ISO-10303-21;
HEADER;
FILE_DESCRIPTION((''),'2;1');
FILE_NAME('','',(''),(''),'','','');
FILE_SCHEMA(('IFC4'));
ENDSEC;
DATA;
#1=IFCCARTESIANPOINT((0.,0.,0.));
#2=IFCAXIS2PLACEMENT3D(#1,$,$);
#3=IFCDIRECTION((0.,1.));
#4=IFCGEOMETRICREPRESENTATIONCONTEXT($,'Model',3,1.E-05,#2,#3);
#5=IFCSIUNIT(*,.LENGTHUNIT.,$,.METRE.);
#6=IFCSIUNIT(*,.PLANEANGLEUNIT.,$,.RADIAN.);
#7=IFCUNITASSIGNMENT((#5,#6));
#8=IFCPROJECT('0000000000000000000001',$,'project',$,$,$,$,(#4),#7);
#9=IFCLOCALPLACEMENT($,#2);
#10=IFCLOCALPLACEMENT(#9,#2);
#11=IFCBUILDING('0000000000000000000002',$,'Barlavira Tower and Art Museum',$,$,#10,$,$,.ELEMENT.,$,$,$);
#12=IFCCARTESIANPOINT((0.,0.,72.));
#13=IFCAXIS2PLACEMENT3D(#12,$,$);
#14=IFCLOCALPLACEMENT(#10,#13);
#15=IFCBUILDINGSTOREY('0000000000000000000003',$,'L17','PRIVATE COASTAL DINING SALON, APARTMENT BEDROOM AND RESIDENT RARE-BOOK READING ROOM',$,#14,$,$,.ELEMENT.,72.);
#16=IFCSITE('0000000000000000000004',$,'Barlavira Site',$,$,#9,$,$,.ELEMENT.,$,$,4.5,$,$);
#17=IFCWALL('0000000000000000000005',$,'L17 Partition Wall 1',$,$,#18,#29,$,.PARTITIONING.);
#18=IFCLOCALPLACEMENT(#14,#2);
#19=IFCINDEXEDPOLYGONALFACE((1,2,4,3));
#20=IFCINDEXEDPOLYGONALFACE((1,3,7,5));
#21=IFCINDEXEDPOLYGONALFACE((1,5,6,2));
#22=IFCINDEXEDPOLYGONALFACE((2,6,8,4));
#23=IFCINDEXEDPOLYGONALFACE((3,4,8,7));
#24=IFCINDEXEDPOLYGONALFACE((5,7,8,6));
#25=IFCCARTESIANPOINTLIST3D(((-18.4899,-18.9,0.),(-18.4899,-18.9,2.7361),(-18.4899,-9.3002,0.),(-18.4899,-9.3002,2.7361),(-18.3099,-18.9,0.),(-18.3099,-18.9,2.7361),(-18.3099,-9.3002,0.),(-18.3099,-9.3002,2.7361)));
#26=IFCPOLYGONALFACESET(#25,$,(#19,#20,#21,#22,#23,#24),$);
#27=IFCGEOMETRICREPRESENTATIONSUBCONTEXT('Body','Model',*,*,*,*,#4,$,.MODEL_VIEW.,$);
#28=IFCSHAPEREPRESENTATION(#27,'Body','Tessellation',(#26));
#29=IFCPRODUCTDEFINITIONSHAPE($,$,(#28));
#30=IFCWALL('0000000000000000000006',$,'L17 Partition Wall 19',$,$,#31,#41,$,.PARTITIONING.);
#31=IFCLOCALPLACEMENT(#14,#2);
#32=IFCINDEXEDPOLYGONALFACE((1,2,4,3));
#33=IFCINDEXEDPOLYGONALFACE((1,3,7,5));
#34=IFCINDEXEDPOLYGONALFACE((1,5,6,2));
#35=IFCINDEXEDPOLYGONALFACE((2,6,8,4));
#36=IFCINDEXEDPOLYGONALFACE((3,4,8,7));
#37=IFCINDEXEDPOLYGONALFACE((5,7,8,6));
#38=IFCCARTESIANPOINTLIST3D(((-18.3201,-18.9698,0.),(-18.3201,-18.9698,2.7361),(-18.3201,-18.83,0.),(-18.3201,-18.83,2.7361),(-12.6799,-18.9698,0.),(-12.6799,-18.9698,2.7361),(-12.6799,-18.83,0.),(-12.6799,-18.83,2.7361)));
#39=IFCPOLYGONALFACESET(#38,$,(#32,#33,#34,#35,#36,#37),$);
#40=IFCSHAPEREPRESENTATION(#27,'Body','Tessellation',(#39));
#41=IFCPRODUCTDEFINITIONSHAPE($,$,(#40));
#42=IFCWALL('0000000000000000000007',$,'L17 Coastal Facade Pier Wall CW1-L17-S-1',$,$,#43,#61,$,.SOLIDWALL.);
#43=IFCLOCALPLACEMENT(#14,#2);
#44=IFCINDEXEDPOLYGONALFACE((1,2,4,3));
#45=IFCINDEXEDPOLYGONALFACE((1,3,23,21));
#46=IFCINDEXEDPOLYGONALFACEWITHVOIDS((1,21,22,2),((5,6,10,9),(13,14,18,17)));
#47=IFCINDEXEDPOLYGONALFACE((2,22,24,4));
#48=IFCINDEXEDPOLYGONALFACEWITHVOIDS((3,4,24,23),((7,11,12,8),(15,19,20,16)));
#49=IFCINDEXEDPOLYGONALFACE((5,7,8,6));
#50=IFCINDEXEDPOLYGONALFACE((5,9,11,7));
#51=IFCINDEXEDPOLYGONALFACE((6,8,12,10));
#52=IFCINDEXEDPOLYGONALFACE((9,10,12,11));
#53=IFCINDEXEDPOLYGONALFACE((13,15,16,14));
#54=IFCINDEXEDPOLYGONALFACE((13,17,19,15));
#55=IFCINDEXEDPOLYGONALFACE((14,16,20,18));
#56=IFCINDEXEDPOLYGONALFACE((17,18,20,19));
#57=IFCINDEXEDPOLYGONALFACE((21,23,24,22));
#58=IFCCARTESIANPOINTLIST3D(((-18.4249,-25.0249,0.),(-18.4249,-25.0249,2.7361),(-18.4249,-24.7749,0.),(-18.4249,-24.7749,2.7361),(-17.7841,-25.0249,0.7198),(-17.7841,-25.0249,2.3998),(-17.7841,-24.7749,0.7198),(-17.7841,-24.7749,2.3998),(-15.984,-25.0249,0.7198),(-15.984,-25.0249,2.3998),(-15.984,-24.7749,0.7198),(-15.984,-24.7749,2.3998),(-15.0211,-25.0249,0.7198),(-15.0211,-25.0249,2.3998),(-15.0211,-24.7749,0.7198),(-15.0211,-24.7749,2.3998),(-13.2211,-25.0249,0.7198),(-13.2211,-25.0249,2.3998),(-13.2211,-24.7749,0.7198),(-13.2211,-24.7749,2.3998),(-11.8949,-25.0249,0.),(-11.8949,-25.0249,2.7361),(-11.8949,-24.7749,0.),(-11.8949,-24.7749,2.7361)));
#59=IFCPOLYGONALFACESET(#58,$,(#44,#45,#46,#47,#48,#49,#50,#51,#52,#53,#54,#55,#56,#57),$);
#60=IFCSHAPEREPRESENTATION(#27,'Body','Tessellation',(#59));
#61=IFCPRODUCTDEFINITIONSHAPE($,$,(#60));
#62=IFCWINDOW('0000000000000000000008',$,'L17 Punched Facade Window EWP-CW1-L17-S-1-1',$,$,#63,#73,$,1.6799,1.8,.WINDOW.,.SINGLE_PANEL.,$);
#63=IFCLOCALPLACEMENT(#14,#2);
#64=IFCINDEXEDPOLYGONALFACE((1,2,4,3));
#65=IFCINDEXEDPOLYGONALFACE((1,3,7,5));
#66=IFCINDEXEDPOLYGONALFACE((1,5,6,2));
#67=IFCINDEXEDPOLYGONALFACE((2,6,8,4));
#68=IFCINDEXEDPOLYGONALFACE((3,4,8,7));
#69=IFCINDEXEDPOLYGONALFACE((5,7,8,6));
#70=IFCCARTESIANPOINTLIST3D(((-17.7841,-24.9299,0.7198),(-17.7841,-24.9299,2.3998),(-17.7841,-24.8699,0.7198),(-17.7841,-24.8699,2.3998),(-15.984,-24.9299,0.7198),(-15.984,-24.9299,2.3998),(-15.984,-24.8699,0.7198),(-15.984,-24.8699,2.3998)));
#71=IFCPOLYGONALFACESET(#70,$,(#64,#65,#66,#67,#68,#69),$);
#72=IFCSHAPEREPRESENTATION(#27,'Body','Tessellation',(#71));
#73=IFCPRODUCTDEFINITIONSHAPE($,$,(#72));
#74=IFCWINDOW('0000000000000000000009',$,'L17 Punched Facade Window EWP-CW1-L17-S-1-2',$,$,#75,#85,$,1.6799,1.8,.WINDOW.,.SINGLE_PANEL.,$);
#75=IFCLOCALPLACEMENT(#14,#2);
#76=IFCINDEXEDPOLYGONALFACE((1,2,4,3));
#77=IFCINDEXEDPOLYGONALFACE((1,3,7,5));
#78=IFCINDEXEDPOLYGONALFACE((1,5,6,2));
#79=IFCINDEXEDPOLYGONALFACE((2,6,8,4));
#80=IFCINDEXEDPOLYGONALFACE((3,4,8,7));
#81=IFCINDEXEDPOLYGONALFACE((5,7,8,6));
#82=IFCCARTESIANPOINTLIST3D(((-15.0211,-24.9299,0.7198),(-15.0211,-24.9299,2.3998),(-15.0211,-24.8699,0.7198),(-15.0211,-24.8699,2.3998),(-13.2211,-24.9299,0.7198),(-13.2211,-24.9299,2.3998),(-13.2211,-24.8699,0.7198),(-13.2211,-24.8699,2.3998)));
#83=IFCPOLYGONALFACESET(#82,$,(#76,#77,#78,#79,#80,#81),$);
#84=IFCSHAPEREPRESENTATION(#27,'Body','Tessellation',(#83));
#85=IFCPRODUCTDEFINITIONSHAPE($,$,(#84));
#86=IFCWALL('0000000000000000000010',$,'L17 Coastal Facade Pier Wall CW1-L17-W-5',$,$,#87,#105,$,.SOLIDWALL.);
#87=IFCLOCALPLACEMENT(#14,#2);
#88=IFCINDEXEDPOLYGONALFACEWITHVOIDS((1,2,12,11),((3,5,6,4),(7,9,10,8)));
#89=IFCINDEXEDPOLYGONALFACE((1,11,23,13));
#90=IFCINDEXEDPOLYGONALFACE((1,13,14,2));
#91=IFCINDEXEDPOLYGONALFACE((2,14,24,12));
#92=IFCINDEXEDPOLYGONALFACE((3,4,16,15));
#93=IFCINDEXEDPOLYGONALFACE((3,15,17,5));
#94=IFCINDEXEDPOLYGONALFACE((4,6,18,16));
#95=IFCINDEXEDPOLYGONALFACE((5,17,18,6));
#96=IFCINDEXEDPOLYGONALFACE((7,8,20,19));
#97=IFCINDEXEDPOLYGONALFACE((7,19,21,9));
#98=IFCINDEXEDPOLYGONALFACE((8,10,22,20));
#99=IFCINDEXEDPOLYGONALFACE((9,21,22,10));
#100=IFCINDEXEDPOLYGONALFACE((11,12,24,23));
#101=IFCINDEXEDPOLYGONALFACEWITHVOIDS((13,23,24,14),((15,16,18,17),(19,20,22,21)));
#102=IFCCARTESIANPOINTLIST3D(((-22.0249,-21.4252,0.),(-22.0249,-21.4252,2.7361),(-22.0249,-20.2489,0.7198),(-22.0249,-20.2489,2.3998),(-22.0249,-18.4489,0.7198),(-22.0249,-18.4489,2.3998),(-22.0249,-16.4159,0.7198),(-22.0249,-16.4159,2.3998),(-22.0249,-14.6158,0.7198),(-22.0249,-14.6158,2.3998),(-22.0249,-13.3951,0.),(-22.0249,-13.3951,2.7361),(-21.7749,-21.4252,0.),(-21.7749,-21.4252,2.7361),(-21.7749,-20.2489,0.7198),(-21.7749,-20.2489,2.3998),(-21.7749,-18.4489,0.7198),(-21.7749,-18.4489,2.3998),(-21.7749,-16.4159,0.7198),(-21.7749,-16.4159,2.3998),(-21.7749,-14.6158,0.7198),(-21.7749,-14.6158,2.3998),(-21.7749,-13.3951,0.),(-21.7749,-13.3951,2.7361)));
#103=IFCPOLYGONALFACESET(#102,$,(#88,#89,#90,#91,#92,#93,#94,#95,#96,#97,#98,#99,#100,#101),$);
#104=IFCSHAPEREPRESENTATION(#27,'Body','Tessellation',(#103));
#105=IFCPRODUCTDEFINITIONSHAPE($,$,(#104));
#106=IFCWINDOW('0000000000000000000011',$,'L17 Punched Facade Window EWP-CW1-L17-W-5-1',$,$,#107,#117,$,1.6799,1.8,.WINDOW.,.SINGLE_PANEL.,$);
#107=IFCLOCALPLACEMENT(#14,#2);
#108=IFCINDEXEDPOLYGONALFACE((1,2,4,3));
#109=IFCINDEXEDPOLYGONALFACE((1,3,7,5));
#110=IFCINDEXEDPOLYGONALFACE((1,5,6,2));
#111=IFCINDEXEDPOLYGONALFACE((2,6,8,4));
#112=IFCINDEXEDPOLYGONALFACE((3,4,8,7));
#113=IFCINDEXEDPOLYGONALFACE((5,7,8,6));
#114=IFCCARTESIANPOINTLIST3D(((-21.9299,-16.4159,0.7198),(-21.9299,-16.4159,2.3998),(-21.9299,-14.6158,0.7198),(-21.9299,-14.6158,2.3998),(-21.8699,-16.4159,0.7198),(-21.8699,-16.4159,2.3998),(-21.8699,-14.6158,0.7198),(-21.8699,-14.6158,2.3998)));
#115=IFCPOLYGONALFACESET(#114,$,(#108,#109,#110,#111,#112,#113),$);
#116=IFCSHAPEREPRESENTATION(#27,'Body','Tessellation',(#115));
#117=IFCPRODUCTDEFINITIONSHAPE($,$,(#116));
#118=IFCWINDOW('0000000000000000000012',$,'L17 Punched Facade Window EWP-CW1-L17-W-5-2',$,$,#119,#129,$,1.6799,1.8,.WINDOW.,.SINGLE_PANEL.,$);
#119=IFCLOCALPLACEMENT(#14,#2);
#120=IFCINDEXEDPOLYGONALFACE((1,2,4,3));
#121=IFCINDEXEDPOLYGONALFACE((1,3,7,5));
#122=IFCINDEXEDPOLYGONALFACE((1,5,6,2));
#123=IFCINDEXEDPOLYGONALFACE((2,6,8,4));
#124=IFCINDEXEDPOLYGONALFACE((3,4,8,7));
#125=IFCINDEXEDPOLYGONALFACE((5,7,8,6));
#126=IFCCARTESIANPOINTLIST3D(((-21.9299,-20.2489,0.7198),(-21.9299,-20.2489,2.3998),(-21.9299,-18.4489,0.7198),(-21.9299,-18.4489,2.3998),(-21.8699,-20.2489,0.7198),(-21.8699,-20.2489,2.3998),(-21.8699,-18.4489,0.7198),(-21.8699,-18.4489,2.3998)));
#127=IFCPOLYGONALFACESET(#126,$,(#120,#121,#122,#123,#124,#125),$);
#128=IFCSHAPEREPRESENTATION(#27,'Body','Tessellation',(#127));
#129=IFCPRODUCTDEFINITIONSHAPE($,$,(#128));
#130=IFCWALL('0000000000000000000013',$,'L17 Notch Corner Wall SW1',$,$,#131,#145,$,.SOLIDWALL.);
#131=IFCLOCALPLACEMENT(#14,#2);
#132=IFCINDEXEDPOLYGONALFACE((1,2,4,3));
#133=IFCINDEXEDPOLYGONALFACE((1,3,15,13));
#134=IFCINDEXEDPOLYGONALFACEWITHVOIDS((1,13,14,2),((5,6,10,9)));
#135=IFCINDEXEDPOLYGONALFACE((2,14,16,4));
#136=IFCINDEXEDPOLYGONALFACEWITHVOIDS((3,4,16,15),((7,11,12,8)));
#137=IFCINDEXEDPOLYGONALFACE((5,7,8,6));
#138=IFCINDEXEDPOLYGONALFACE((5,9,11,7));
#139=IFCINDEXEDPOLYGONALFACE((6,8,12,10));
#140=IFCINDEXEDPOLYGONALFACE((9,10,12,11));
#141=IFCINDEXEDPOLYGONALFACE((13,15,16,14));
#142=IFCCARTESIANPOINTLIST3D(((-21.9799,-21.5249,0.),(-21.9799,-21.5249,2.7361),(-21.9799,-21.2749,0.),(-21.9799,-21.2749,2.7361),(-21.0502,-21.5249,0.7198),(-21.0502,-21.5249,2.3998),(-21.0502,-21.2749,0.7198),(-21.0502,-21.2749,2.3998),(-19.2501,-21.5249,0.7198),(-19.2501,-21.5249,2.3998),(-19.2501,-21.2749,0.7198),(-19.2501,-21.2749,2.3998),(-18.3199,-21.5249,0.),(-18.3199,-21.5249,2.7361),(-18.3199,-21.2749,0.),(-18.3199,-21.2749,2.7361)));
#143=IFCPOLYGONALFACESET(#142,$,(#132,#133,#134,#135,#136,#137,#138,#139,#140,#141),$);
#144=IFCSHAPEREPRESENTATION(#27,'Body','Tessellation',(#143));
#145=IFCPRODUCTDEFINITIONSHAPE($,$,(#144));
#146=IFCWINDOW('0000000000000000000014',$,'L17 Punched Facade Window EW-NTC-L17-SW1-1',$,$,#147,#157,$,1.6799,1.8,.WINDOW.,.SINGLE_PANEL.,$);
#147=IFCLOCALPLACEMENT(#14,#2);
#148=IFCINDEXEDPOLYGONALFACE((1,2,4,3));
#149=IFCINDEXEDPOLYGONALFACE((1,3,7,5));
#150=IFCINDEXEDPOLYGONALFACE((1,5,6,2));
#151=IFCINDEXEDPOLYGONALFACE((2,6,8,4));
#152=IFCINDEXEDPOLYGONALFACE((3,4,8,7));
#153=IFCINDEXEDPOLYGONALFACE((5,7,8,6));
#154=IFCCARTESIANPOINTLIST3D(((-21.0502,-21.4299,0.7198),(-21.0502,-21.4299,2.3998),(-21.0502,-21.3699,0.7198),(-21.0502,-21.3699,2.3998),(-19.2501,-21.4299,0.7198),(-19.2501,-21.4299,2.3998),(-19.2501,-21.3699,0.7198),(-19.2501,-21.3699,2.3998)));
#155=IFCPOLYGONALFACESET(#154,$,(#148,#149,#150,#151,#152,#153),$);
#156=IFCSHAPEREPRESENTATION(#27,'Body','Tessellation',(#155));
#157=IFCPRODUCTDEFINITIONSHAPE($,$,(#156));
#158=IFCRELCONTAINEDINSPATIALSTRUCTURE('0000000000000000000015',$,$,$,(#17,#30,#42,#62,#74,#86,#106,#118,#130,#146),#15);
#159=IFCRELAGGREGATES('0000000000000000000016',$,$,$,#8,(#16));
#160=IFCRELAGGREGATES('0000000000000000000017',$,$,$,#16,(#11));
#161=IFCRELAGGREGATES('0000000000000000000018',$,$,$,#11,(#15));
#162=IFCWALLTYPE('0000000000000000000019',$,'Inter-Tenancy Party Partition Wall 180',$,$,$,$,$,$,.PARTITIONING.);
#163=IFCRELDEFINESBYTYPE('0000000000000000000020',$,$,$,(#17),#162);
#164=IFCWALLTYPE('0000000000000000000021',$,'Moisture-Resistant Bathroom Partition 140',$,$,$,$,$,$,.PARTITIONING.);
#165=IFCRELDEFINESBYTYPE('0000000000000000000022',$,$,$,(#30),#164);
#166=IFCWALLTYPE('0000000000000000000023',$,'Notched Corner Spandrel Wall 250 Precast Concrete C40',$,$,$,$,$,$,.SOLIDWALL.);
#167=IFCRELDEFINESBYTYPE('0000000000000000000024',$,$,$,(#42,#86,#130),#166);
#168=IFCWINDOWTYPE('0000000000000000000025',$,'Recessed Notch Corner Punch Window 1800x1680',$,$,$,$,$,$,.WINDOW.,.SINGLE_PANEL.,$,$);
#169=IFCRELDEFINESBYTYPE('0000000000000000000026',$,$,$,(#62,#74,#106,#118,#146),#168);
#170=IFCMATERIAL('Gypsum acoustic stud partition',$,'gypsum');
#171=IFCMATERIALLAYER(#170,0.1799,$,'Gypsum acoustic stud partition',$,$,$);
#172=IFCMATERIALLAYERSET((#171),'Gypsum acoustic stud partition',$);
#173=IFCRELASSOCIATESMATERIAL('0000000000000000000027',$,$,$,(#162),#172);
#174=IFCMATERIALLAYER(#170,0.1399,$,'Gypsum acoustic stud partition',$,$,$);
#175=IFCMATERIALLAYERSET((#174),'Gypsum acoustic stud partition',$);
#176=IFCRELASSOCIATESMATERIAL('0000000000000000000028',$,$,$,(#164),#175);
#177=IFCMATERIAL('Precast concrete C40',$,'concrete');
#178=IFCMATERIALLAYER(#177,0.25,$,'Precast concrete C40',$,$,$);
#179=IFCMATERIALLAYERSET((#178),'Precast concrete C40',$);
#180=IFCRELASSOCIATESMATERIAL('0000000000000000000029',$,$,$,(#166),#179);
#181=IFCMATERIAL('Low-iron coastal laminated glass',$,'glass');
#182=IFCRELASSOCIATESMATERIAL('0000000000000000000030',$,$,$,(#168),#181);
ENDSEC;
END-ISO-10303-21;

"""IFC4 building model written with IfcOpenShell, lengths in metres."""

from ifc_helpers import new_model, si_unit, direction, frame, frame_2d, origin, place, context, subcontext, project, spatial, rectangle, extrude, material, layer, layer_set, type_object, element, fill, save


model = new_model("IFC4")

# Units and contexts
model_context = context("Model", 3, precision=1e-05, world=origin(), true_north=direction((0.0, 1.0)))
body_context = subcontext(model_context, "Body", "Model", "MODEL_VIEW")
ifc_project = project(units=[si_unit("LENGTHUNIT", "METRE"), si_unit("PLANEANGLEUNIT", "RADIAN")], contexts=[model_context])

# Site, building, storey
site_placement = place(None, origin())
site = spatial("IfcSite", under=ifc_project, at=site_placement, Name="Barlavira Site", CompositionType="ELEMENT", RefElevation=4.5)
building_placement = place(site_placement, origin())
building = spatial("IfcBuilding", under=site, at=building_placement, Name="Barlavira Tower and Art Museum", CompositionType="ELEMENT")
storey_placement = place(building_placement, frame((0.0, 0.0, 72.0)))
storey = spatial("IfcBuildingStorey", under=building, at=storey_placement, Name="L17", Description="PRIVATE COASTAL DINING SALON, APARTMENT BEDROOM AND RESIDENT RARE-BOOK READING ROOM", CompositionType="ELEMENT", Elevation=72.0)

# Shared definitions
ifc_material_1 = material(Name="Gypsum acoustic stud partition", Category="gypsum")

# Walls
ifc_layer_1 = layer(ifc_material_1, 0.1799, Name="Gypsum acoustic stud partition")
ifc_layer_set_1 = layer_set([ifc_layer_1], Name="Gypsum acoustic stud partition")
wall_type_1 = type_object("IfcWallType", Name="Inter-Tenancy Party Partition Wall 180", PredefinedType="PARTITIONING", material=ifc_layer_set_1)
wall_1_placement = place(storey_placement, frame((-18.3999, -18.8999, 0.0), z_axis=(0.0, 0.0, 1.0), x_axis=(0.0, 1.0, 0.0)))
element("IfcWall", 1, at=wall_1_placement, inside=storey, type_object=wall_type_1, Name="L17 Partition Wall 1", PredefinedType="PARTITIONING", context=body_context, shape_type="SweptSolid", body=[
    extrude(rectangle(XDim=9.5999, YDim=0.1799, at=frame_2d((4.7998, 0.0))), origin(), (0.0, 0.0, 1.0), 2.7361),
])
ifc_layer_2 = layer(ifc_material_1, 0.1399, Name="Gypsum acoustic stud partition")
ifc_layer_set_2 = layer_set([ifc_layer_2], Name="Gypsum acoustic stud partition")
wall_type_2 = type_object("IfcWallType", Name="Moisture-Resistant Bathroom Partition 140", PredefinedType="PARTITIONING", material=ifc_layer_set_2)
wall_2_placement = place(storey_placement, frame((-18.3201, -18.8999, 0.0), z_axis=(0.0, 0.0, 1.0), x_axis=(1.0, 0.0, 0.0)))
element("IfcWall", 2, at=wall_2_placement, inside=storey, type_object=wall_type_2, Name="L17 Partition Wall 19", PredefinedType="PARTITIONING", context=body_context, shape_type="SweptSolid", body=[
    extrude(rectangle(XDim=5.6401, YDim=0.1399, at=frame_2d((2.8201, 0.0))), origin(), (0.0, 0.0, 1.0), 2.7361),
])

# Walls, openings, windows
ifc_material_2 = material(Name="Precast concrete C40", Category="concrete")
ifc_layer_3 = layer(ifc_material_2, 0.25, Name="Precast concrete C40")
ifc_layer_set_3 = layer_set([ifc_layer_3], Name="Precast concrete C40")
wall_type_3 = type_object("IfcWallType", Name="Notched Corner Spandrel Wall 250 Precast Concrete C40", PredefinedType="SOLIDWALL", material=ifc_layer_set_3)
wall_3_placement = place(storey_placement, frame((-18.425, -24.8999, 0.0), z_axis=(0.0, 0.0, 1.0), x_axis=(1.0, 0.0, 0.0)))
wall_3 = element("IfcWall", 3, at=wall_3_placement, inside=storey, type_object=wall_type_3, Name="L17 Coastal Facade Pier Wall CW1-L17-S-1", PredefinedType="SOLIDWALL", context=body_context, shape_type="SweptSolid", body=[
    extrude(rectangle(XDim=6.53, YDim=0.25, at=frame_2d((3.2651, 0.0))), origin(), (0.0, 0.0, 1.0), 2.7361),
])
opening_1_placement = place(wall_3_placement, frame((0.6411, 0.0, 0.72)))
opening_1 = element("IfcOpeningElement", 4, at=opening_1_placement, cuts=wall_3, PredefinedType="OPENING", context=body_context, shape_type="SweptSolid", body=[
    extrude(rectangle(XDim=1.8, YDim=1.6799, at=frame_2d((0.8999, 0.8398))), frame((0.0, 0.135, 0.0), z_axis=(0.0, -1.0, 0.0), x_axis=(1.0, 0.0, 0.0)), (0.0, 0.0, 1.0), 0.27),
])
opening_2_placement = place(wall_3_placement, frame((3.4041, 0.0, 0.72)))
opening_2 = element("IfcOpeningElement", 5, at=opening_2_placement, cuts=wall_3, PredefinedType="OPENING", context=body_context, shape_type="SweptSolid", body=[
    extrude(rectangle(XDim=1.8, YDim=1.6799, at=frame_2d((0.8999, 0.8398))), frame((0.0, 0.135, 0.0), z_axis=(0.0, -1.0, 0.0), x_axis=(1.0, 0.0, 0.0)), (0.0, 0.0, 1.0), 0.27),
])
ifc_material_3 = material(Name="Low-iron coastal laminated glass", Category="glass")
window_type = type_object("IfcWindowType", Name="Recessed Notch Corner Punch Window 1800x1680", PartitioningType="SINGLE_PANEL", PredefinedType="WINDOW", material=ifc_material_3)
window_1_placement = place(opening_1_placement, origin())
window_1 = element("IfcWindow", 6, at=window_1_placement, inside=storey, type_object=window_type, Name="L17 Punched Facade Window EWP-CW1-L17-S-1-1", OverallHeight=1.6799, OverallWidth=1.8, PartitioningType="SINGLE_PANEL", PredefinedType="WINDOW", context=body_context, shape_type="SweptSolid", body=[
    extrude(rectangle(XDim=1.8, YDim=1.6799, at=frame_2d((0.8999, 0.8398))), frame((0.0, 0.03, 0.0), z_axis=(0.0, -1.0, 0.0), x_axis=(1.0, 0.0, 0.0)), (0.0, 0.0, 1.0), 0.0601),
])
fill(opening_1, window_1)
window_2_placement = place(opening_2_placement, origin())
window_2 = element("IfcWindow", 7, at=window_2_placement, inside=storey, type_object=window_type, Name="L17 Punched Facade Window EWP-CW1-L17-S-1-2", OverallHeight=1.6799, OverallWidth=1.8, PartitioningType="SINGLE_PANEL", PredefinedType="WINDOW", context=body_context, shape_type="SweptSolid", body=[
    extrude(rectangle(XDim=1.8, YDim=1.6799, at=frame_2d((0.8999, 0.8398))), frame((0.0, 0.03, 0.0), z_axis=(0.0, -1.0, 0.0), x_axis=(1.0, 0.0, 0.0)), (0.0, 0.0, 1.0), 0.0601),
])
fill(opening_2, window_2)
wall_4_placement = place(storey_placement, frame((-21.8999, -13.395, 0.0), z_axis=(0.0, 0.0, 1.0), x_axis=(0.0, -1.0, 0.0)))
wall_4 = element("IfcWall", 8, at=wall_4_placement, inside=storey, type_object=wall_type_3, Name="L17 Coastal Facade Pier Wall CW1-L17-W-5", PredefinedType="SOLIDWALL", context=body_context, shape_type="SweptSolid", body=[
    extrude(rectangle(XDim=8.03, YDim=0.25, at=frame_2d((4.0151, 0.0))), origin(), (0.0, 0.0, 1.0), 2.7361),
])
opening_3_placement = place(wall_4_placement, frame((1.2209, 0.0, 0.72)))
opening_3 = element("IfcOpeningElement", 9, at=opening_3_placement, cuts=wall_4, PredefinedType="OPENING", context=body_context, shape_type="SweptSolid", body=[
    extrude(rectangle(XDim=1.8, YDim=1.6799, at=frame_2d((0.8999, 0.8398))), frame((0.0, 0.135, 0.0), z_axis=(0.0, -1.0, 0.0), x_axis=(1.0, 0.0, 0.0)), (0.0, 0.0, 1.0), 0.27),
])
opening_4_placement = place(wall_4_placement, frame((5.054, 0.0, 0.72)))
opening_4 = element("IfcOpeningElement", 10, at=opening_4_placement, cuts=wall_4, PredefinedType="OPENING", context=body_context, shape_type="SweptSolid", body=[
    extrude(rectangle(XDim=1.8, YDim=1.6799, at=frame_2d((0.8999, 0.8398))), frame((0.0, 0.135, 0.0), z_axis=(0.0, -1.0, 0.0), x_axis=(1.0, 0.0, 0.0)), (0.0, 0.0, 1.0), 0.27),
])
window_3_placement = place(opening_3_placement, origin())
window_3 = element("IfcWindow", 11, at=window_3_placement, inside=storey, type_object=window_type, Name="L17 Punched Facade Window EWP-CW1-L17-W-5-1", OverallHeight=1.6799, OverallWidth=1.8, PartitioningType="SINGLE_PANEL", PredefinedType="WINDOW", context=body_context, shape_type="SweptSolid", body=[
    extrude(rectangle(XDim=1.8, YDim=1.6799, at=frame_2d((0.8999, 0.8398))), frame((0.0, 0.03, 0.0), z_axis=(0.0, -1.0, 0.0), x_axis=(1.0, 0.0, 0.0)), (0.0, 0.0, 1.0), 0.0601),
])
fill(opening_3, window_3)
window_4_placement = place(opening_4_placement, origin())
window_4 = element("IfcWindow", 12, at=window_4_placement, inside=storey, type_object=window_type, Name="L17 Punched Facade Window EWP-CW1-L17-W-5-2", OverallHeight=1.6799, OverallWidth=1.8, PartitioningType="SINGLE_PANEL", PredefinedType="WINDOW", context=body_context, shape_type="SweptSolid", body=[
    extrude(rectangle(XDim=1.8, YDim=1.6799, at=frame_2d((0.8999, 0.8398))), frame((0.0, 0.03, 0.0), z_axis=(0.0, -1.0, 0.0), x_axis=(1.0, 0.0, 0.0)), (0.0, 0.0, 1.0), 0.0601),
])
fill(opening_4, window_4)

# Wall, opening, window
wall_5_placement = place(storey_placement, frame((-21.98, -21.3999, 0.0), z_axis=(0.0, 0.0, 1.0), x_axis=(1.0, 0.0, 0.0)))
wall_5 = element("IfcWall", 13, at=wall_5_placement, inside=storey, type_object=wall_type_3, Name="L17 Notch Corner Wall SW1", PredefinedType="SOLIDWALL", context=body_context, shape_type="SweptSolid", body=[
    extrude(rectangle(XDim=3.6599, YDim=0.25, at=frame_2d((1.8301, 0.0))), origin(), (0.0, 0.0, 1.0), 2.7361),
])
opening_5_placement = place(wall_5_placement, frame((0.9299, 0.0, 0.72)))
opening_5 = element("IfcOpeningElement", 14, at=opening_5_placement, cuts=wall_5, PredefinedType="OPENING", context=body_context, shape_type="SweptSolid", body=[
    extrude(rectangle(XDim=1.8, YDim=1.6799, at=frame_2d((0.8999, 0.8398))), frame((0.0, 0.135, 0.0), z_axis=(0.0, -1.0, 0.0), x_axis=(1.0, 0.0, 0.0)), (0.0, 0.0, 1.0), 0.27),
])
window_5_placement = place(opening_5_placement, origin())
window_5 = element("IfcWindow", 15, at=window_5_placement, inside=storey, type_object=window_type, Name="L17 Punched Facade Window EW-NTC-L17-SW1-1", OverallHeight=1.6799, OverallWidth=1.8, PartitioningType="SINGLE_PANEL", PredefinedType="WINDOW", context=body_context, shape_type="SweptSolid", body=[
    extrude(rectangle(XDim=1.8, YDim=1.6799, at=frame_2d((0.8999, 0.8398))), frame((0.0, 0.03, 0.0), z_axis=(0.0, -1.0, 0.0), x_axis=(1.0, 0.0, 0.0)), (0.0, 0.0, 1.0), 0.0601),
])
fill(opening_5, window_5)

save(model, "model.ifc")
